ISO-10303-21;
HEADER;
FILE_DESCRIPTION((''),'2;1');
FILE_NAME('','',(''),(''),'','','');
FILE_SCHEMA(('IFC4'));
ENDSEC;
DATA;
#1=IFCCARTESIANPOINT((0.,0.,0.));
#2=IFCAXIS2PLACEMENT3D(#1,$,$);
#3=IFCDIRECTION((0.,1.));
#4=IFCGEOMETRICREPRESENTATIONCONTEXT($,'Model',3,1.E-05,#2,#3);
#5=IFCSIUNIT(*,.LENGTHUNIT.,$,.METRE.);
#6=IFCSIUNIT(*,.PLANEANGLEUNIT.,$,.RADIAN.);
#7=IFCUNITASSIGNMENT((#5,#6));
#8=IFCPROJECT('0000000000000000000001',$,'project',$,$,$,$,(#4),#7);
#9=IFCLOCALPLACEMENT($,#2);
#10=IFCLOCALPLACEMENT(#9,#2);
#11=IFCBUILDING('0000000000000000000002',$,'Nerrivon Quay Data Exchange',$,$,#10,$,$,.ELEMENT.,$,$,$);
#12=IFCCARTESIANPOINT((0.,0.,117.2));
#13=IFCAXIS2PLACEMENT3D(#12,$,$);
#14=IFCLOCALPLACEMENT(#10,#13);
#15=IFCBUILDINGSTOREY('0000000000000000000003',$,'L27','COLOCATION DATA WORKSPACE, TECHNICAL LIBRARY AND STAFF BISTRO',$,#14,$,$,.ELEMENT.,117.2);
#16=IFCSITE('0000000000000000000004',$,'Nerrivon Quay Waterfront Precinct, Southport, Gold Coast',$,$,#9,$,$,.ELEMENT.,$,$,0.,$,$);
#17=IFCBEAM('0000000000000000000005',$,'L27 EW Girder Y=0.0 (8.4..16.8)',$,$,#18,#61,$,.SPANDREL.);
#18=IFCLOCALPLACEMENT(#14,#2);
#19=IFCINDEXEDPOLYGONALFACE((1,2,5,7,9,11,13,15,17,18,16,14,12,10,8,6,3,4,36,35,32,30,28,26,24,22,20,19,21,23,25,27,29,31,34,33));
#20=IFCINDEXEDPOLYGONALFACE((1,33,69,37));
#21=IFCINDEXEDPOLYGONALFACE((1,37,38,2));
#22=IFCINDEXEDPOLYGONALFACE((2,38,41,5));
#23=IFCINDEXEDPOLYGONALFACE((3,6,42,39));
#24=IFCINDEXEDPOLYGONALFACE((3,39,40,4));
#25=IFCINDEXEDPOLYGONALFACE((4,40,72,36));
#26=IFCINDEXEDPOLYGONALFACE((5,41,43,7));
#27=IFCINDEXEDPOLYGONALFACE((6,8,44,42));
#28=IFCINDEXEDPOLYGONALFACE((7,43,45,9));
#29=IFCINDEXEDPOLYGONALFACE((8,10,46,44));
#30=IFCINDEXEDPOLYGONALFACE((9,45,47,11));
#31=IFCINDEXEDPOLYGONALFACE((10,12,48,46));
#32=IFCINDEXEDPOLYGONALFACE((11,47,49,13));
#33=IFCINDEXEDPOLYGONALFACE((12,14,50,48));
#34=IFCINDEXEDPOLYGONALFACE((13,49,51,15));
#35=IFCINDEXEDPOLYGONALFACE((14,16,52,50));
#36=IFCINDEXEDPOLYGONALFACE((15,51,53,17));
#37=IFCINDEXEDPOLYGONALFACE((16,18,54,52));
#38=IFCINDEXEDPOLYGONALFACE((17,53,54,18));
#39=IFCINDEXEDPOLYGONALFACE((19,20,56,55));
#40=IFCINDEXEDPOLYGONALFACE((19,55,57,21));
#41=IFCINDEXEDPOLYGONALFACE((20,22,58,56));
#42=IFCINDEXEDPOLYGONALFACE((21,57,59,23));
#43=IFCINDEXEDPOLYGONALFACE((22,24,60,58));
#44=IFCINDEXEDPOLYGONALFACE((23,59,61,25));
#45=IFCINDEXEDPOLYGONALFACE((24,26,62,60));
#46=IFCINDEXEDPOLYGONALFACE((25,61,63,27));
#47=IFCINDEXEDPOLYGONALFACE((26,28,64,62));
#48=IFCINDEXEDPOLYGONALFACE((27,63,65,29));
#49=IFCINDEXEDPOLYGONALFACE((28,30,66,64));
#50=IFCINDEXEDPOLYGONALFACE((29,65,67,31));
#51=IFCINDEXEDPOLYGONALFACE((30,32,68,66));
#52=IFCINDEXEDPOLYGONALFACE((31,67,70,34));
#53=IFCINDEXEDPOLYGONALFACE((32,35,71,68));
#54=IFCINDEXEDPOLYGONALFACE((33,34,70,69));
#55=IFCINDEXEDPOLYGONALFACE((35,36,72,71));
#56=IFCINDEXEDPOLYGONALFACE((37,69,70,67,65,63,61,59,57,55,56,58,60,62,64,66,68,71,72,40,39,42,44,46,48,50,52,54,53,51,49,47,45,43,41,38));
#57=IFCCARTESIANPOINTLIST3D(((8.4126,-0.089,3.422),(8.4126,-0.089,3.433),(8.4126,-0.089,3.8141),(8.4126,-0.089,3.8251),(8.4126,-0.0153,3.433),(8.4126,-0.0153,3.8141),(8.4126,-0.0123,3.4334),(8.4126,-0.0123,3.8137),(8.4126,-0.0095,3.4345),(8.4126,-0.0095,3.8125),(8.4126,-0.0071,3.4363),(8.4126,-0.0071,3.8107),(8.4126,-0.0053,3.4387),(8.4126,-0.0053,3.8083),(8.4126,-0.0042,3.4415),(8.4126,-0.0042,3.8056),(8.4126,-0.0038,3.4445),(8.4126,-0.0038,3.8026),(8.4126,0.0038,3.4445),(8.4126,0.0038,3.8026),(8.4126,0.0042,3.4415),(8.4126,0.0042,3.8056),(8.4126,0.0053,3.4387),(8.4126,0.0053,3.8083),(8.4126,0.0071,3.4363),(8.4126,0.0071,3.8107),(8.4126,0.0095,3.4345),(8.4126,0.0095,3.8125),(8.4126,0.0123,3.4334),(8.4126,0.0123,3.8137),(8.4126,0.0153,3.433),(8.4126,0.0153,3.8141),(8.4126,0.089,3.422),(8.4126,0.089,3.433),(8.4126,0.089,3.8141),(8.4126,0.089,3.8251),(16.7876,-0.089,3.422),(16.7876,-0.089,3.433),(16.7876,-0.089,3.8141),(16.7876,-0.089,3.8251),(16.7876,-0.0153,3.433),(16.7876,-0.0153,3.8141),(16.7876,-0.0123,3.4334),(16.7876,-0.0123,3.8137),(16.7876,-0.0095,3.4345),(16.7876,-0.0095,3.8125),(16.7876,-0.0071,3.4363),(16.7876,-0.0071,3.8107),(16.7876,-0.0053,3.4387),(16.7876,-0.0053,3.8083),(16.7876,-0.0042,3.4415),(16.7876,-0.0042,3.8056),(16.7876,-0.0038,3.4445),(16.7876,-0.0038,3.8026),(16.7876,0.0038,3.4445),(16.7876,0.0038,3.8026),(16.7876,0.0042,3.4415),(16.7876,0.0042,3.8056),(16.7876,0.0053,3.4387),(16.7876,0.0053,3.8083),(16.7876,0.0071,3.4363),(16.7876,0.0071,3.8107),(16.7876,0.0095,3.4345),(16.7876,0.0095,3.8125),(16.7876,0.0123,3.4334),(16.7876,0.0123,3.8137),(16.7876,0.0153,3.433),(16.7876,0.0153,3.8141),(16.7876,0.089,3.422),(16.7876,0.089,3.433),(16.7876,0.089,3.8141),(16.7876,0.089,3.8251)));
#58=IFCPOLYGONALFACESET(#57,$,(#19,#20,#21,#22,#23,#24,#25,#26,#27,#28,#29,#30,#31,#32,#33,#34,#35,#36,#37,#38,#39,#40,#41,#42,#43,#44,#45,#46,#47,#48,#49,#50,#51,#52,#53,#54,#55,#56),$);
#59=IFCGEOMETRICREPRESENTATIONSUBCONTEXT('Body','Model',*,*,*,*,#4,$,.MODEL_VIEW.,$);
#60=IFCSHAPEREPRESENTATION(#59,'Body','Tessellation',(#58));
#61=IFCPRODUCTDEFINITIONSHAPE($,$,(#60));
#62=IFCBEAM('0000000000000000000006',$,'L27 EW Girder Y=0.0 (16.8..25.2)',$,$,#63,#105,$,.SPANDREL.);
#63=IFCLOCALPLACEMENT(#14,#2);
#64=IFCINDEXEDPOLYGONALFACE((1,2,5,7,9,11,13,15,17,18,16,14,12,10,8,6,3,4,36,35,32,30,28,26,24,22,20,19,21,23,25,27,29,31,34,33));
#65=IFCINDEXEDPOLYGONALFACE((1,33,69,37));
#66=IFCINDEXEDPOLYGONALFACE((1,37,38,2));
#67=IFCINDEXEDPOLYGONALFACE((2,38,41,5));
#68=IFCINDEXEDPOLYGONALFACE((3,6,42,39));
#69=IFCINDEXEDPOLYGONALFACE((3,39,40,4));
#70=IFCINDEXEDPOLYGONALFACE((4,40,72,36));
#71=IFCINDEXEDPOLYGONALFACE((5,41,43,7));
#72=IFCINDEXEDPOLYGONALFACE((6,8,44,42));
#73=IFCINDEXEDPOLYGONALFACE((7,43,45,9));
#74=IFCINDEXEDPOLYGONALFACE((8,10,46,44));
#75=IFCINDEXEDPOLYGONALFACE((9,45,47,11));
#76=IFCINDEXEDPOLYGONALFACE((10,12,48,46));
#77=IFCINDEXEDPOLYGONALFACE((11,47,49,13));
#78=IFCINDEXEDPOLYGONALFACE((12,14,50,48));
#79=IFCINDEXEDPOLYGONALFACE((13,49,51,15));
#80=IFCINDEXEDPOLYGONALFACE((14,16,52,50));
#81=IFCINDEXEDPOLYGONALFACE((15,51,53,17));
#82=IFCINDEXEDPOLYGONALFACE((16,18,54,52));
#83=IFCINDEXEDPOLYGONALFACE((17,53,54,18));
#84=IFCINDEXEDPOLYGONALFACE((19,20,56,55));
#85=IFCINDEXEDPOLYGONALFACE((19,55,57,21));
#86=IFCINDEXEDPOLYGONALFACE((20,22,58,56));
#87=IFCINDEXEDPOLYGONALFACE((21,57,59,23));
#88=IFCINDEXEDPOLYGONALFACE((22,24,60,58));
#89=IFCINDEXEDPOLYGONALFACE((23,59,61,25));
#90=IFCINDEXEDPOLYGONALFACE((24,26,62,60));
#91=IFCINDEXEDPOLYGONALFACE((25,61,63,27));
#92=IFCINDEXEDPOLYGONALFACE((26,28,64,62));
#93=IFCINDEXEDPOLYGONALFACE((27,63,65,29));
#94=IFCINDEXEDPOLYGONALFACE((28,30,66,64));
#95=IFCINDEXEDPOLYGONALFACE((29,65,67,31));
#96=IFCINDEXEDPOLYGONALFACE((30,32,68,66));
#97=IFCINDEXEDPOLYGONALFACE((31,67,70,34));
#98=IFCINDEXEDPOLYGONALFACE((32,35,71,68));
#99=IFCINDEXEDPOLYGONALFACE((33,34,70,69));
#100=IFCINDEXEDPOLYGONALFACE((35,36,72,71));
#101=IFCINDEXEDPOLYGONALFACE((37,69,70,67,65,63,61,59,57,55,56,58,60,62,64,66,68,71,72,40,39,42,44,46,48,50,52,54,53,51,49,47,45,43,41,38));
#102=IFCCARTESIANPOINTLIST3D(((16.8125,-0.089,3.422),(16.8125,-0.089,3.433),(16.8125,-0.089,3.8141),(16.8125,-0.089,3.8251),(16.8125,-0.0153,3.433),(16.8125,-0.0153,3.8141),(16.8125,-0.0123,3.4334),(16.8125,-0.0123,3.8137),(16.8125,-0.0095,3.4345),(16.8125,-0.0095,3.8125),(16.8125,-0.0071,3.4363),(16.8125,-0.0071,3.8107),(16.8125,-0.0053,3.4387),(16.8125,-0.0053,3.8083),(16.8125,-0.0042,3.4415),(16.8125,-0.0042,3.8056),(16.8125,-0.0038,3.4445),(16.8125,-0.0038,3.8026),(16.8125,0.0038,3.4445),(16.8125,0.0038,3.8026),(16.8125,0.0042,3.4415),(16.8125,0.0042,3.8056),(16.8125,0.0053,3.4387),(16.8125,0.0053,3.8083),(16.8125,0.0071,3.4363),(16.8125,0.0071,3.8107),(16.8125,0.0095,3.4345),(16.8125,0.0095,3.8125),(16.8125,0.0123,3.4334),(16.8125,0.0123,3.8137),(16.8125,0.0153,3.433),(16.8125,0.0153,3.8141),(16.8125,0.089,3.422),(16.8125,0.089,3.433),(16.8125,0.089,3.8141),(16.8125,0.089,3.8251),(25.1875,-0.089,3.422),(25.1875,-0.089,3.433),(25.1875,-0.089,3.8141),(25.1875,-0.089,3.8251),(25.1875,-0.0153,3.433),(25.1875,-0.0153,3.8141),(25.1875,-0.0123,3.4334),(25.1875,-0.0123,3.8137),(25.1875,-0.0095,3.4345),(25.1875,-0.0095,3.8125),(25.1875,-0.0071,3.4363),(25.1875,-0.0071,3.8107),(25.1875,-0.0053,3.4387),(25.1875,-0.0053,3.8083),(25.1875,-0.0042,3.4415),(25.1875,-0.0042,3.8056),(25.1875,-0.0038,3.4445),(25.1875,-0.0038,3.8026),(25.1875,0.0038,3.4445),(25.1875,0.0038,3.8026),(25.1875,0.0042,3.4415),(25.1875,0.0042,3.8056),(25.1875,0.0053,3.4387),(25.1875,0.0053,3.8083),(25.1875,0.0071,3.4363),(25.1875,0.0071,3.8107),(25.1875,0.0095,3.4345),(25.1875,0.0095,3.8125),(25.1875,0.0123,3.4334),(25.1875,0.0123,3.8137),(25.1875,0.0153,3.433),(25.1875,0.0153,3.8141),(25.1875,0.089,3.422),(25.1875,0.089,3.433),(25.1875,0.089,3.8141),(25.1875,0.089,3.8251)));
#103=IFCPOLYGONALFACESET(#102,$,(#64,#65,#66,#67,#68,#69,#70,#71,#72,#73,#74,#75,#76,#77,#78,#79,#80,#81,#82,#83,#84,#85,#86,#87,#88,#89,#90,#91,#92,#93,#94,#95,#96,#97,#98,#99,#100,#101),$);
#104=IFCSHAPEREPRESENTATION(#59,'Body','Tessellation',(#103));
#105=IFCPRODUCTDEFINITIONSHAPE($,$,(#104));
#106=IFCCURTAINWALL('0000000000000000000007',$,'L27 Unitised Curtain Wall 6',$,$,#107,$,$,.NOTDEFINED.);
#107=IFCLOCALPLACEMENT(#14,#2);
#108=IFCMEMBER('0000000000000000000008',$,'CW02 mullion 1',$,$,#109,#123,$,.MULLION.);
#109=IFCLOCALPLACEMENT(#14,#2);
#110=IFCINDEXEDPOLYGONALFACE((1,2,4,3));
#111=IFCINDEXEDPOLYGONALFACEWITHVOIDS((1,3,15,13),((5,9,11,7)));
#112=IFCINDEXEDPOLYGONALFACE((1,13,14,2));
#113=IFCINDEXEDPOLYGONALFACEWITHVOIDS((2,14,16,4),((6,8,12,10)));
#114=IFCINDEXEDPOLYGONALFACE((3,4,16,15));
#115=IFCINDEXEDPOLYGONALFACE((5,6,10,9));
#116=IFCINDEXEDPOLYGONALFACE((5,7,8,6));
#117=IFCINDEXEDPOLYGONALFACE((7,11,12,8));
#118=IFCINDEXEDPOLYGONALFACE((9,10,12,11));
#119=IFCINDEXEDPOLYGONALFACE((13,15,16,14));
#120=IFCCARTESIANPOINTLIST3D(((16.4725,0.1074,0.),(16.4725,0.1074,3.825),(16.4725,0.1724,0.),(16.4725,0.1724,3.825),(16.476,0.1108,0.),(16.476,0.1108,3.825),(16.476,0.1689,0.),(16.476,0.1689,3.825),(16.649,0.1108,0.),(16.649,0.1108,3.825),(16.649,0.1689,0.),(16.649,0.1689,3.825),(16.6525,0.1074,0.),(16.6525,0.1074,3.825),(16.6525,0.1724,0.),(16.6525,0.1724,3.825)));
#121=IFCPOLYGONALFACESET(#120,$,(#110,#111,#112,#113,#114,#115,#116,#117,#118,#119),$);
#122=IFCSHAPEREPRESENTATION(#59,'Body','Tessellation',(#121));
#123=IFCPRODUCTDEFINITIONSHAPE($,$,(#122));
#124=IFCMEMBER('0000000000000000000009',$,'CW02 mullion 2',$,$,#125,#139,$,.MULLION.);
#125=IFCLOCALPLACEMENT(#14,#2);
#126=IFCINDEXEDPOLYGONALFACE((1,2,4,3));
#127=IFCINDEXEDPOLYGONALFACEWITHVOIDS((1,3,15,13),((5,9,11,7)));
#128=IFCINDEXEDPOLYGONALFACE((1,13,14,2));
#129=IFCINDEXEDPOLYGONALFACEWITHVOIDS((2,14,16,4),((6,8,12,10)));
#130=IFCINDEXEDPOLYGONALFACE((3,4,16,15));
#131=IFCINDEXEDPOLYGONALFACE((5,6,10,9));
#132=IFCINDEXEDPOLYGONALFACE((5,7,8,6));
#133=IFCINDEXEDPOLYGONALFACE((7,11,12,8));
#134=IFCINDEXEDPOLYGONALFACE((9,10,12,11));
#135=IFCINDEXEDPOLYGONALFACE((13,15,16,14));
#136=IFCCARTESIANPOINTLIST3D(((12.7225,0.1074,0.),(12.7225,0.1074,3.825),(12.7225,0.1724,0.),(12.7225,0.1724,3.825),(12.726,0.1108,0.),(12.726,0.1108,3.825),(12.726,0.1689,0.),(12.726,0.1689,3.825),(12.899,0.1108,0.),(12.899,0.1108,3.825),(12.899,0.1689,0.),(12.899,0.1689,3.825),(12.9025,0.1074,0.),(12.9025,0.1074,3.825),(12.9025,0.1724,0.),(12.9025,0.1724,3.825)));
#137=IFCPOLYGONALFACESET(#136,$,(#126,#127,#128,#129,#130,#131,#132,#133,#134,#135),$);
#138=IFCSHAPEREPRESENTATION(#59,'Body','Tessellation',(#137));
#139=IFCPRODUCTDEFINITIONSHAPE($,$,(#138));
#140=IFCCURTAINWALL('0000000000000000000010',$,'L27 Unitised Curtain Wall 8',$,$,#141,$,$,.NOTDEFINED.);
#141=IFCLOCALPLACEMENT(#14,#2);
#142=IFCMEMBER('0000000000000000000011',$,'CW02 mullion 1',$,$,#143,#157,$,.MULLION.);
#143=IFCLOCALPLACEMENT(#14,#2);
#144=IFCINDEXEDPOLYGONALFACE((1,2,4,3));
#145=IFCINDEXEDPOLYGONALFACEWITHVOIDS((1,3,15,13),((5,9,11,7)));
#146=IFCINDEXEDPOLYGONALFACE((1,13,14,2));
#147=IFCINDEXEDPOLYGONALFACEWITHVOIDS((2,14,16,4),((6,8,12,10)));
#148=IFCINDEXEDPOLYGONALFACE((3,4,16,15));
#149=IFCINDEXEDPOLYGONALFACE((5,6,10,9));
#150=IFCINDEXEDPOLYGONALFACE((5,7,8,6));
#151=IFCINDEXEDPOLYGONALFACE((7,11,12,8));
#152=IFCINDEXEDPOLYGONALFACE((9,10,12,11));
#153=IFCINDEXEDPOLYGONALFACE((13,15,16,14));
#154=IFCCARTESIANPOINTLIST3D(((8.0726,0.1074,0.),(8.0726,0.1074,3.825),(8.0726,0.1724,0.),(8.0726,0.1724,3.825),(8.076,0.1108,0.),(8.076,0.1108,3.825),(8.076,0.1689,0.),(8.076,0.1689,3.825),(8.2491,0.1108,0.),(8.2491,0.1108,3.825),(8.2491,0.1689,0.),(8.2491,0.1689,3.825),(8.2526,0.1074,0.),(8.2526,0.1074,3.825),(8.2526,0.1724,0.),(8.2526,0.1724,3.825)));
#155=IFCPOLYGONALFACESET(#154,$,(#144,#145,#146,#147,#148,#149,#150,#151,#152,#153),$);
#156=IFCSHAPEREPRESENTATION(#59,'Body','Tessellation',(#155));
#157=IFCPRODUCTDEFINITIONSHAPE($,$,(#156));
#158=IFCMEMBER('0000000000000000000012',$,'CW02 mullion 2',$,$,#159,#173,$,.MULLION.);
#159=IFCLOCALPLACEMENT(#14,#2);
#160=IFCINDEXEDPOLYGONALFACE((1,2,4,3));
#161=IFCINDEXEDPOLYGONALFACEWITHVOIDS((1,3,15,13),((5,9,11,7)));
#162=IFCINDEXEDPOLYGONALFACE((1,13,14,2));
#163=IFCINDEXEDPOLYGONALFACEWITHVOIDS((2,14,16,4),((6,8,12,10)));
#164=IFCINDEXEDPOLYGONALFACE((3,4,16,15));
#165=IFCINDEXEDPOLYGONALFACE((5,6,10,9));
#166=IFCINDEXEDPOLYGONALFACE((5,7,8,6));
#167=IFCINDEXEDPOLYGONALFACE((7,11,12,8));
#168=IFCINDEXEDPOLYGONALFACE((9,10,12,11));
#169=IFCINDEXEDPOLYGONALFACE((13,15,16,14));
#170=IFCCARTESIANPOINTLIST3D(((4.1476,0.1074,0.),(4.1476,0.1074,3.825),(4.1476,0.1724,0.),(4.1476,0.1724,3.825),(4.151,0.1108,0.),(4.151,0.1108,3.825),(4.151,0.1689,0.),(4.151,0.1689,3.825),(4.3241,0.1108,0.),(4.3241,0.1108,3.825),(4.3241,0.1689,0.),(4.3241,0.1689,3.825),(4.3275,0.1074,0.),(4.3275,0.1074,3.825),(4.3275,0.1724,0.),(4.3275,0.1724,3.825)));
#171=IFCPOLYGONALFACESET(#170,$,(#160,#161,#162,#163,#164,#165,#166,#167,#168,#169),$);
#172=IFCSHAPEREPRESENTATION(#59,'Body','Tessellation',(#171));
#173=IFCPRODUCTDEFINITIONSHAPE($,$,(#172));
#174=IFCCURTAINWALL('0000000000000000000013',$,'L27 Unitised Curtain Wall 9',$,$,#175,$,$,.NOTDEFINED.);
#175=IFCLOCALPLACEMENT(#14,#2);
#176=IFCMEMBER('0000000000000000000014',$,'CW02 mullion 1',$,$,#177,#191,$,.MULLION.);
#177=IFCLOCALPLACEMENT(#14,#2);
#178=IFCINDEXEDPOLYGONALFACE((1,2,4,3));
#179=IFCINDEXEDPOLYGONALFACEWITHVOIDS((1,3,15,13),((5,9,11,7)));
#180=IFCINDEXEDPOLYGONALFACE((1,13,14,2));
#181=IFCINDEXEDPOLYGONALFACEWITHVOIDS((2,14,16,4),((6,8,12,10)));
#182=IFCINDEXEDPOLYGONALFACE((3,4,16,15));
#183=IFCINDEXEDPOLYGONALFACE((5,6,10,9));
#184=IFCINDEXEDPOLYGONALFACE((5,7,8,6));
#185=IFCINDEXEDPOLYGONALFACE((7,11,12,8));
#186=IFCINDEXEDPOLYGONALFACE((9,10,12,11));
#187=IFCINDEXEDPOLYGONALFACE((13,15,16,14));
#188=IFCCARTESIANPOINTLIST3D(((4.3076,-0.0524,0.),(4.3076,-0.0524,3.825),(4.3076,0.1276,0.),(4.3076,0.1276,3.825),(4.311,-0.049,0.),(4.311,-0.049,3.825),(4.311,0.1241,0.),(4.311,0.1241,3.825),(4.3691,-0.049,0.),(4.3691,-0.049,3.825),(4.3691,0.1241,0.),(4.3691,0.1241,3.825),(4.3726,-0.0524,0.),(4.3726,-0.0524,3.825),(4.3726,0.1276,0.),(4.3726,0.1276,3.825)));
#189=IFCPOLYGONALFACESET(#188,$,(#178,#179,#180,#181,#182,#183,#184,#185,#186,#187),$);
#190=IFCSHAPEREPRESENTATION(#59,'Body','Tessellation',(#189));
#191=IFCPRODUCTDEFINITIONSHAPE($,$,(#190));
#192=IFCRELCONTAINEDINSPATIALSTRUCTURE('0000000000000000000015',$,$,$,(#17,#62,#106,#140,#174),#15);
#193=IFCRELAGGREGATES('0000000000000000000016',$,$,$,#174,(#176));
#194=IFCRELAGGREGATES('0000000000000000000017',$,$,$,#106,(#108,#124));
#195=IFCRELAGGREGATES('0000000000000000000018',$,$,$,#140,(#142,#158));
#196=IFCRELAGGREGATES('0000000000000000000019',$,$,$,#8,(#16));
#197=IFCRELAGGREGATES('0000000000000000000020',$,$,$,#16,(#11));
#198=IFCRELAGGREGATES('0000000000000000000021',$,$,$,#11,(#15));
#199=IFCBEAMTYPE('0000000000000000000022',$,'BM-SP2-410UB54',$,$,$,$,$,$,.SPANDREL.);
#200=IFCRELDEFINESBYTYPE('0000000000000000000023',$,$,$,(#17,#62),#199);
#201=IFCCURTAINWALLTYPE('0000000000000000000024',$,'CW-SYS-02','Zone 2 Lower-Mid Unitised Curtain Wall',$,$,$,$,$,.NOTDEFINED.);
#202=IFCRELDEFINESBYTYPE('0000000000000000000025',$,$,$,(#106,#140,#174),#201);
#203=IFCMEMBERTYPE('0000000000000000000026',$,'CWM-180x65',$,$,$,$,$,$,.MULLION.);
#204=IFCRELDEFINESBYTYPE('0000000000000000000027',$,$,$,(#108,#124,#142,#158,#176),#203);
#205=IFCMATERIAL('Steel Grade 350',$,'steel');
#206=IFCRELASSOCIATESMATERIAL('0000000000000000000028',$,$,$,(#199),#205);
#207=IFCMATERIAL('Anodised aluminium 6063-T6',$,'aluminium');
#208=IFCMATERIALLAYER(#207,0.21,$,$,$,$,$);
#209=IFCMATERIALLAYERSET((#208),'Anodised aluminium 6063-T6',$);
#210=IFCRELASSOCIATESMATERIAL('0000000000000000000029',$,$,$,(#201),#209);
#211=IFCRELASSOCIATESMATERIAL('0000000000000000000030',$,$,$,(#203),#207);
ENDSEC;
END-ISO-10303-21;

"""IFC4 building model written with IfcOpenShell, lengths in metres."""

from ifc_helpers import new_model, si_unit, direction, frame, origin, origin_2d, place, context, subcontext, project, spatial, hollow_rectangle, i_section, extrude, material, layer, layer_set, material_profile, profile_set, type_object, element, aggregate, save


model = new_model("IFC4")

# Units and contexts
model_context = context("Model", 3, precision=1e-05, world=origin(), true_north=direction((0.0, 1.0)))
body_context = subcontext(model_context, "Body", "Model", "MODEL_VIEW")
ifc_project = project(units=[si_unit("LENGTHUNIT", "METRE"), si_unit("PLANEANGLEUNIT", "RADIAN")], contexts=[model_context])

# Site, building, storey
site_placement = place(None, origin())
site = spatial("IfcSite", under=ifc_project, at=site_placement, Name="Nerrivon Quay Waterfront Precinct, Southport, Gold Coast", CompositionType="ELEMENT", RefElevation=0.0)
building_placement = place(site_placement, origin())
building = spatial("IfcBuilding", under=site, at=building_placement, Name="Nerrivon Quay Data Exchange", CompositionType="ELEMENT")
storey_placement = place(building_placement, frame((0.0, 0.0, 117.2)))
storey = spatial("IfcBuildingStorey", under=building, at=storey_placement, Name="L27", Description="COLOCATION DATA WORKSPACE, TECHNICAL LIBRARY AND STAFF BISTRO", CompositionType="ELEMENT", Elevation=117.2)

# Shared definitions
ifc_material_1 = material(Name="Steel Grade 350", Category="steel")

# Beams
ifc_material_profile_1 = material_profile(ifc_material_1, i_section(OverallWidth=0.178, OverallDepth=0.4031, WebThickness=0.0076, FlangeThickness=0.011, FilletRadius=0.0115, at=origin_2d()), Name="410UB53.7")
ifc_profile_set_1 = profile_set([ifc_material_profile_1], Name="Steel Grade 350")
beam_type_1 = type_object("IfcBeamType", Name="BM-SP2-410UB54", PredefinedType="SPANDREL", material=ifc_profile_set_1)
for number, where, z_axis, x_axis, name in (
    (1, (8.4126, 0.0, 3.6235), (1.0, 0.0, 0.0), (0.0, 1.0, 0.0), "L27 EW Girder Y=0.0 (8.4..16.8)"),
    (2, (16.8125, 0.0, 3.6235), (1.0, 0.0, 0.0), (0.0, 1.0, 0.0), "L27 EW Girder Y=0.0 (16.8..25.2)"),
):
    element("IfcBeam", number, at=place(storey_placement, frame(where, z_axis=z_axis, x_axis=x_axis)), inside=storey, type_object=beam_type_1, Name=name, PredefinedType="SPANDREL", context=body_context, shape_type="SweptSolid", body=[
        extrude(i_section(OverallWidth=0.178, OverallDepth=0.4031, WebThickness=0.0076, FlangeThickness=0.011, FilletRadius=0.0115, at=origin_2d()), origin(), (0.0, 0.0, 1.0), 8.375),
    ])

# Curtain walls, members
ifc_material_2 = material(Name="Anodised aluminium 6063-T6", Category="aluminium")
ifc_layer_1 = layer(ifc_material_2, 0.21)
ifc_layer_set_1 = layer_set([ifc_layer_1], Name="Anodised aluminium 6063-T6")
curtain_wall_type = type_object("IfcCurtainWallType", Name="CW-SYS-02", Description="Zone 2 Lower-Mid Unitised Curtain Wall", PredefinedType="NOTDEFINED", material=ifc_layer_set_1)
curtain_wall_1_placement = place(storey_placement, origin())
curtain_wall_1 = element("IfcCurtainWall", 3, at=curtain_wall_1_placement, inside=storey, type_object=curtain_wall_type, Name="L27 Unitised Curtain Wall 6", PredefinedType="NOTDEFINED")
ifc_material_profile_2 = material_profile(ifc_material_2, hollow_rectangle(XDim=0.0649, YDim=0.1799, WallThickness=0.0034, at=origin_2d()), Name="ALU-MULL-180x65")
ifc_profile_set_2 = profile_set([ifc_material_profile_2], Name="Anodised aluminium 6063-T6")
member_type_1 = type_object("IfcMemberType", Name="CWM-180x65", PredefinedType="MULLION", material=ifc_profile_set_2)
member_1_placement = place(storey_placement, frame((16.5625, 0.1399, 0.0), z_axis=(0.0, 0.0, 1.0), x_axis=(0.0, -1.0, 0.0)))
member_1 = element("IfcMember", 4, at=member_1_placement, type_object=member_type_1, Name="CW02 mullion 1", PredefinedType="MULLION", context=body_context, shape_type="SweptSolid", body=[
    extrude(hollow_rectangle(XDim=0.0649, YDim=0.1799, WallThickness=0.0034, at=origin_2d()), origin(), (0.0, 0.0, 1.0), 3.825),
])
member_2_placement = place(storey_placement, frame((12.8125, 0.1399, 0.0), z_axis=(0.0, 0.0, 1.0), x_axis=(0.0, -1.0, 0.0)))
member_2 = element("IfcMember", 5, at=member_2_placement, type_object=member_type_1, Name="CW02 mullion 2", PredefinedType="MULLION", context=body_context, shape_type="SweptSolid", body=[
    extrude(hollow_rectangle(XDim=0.0649, YDim=0.1799, WallThickness=0.0034, at=origin_2d()), origin(), (0.0, 0.0, 1.0), 3.825),
])
curtain_wall_2_placement = place(storey_placement, origin())
curtain_wall_2 = element("IfcCurtainWall", 6, at=curtain_wall_2_placement, inside=storey, type_object=curtain_wall_type, Name="L27 Unitised Curtain Wall 8", PredefinedType="NOTDEFINED")
member_3_placement = place(storey_placement, frame((8.1626, 0.1399, 0.0), z_axis=(0.0, 0.0, 1.0), x_axis=(0.0, -1.0, 0.0)))
member_3 = element("IfcMember", 7, at=member_3_placement, type_object=member_type_1, Name="CW02 mullion 1", PredefinedType="MULLION", context=body_context, shape_type="SweptSolid", body=[
    extrude(hollow_rectangle(XDim=0.0649, YDim=0.1799, WallThickness=0.0034, at=origin_2d()), origin(), (0.0, 0.0, 1.0), 3.825),
])
member_4_placement = place(storey_placement, frame((4.2375, 0.1399, 0.0), z_axis=(0.0, 0.0, 1.0), x_axis=(0.0, -1.0, 0.0)))
member_4 = element("IfcMember", 8, at=member_4_placement, type_object=member_type_1, Name="CW02 mullion 2", PredefinedType="MULLION", context=body_context, shape_type="SweptSolid", body=[
    extrude(hollow_rectangle(XDim=0.0649, YDim=0.1799, WallThickness=0.0034, at=origin_2d()), origin(), (0.0, 0.0, 1.0), 3.825),
])

# Curtain wall, member
curtain_wall_3_placement = place(storey_placement, origin())
curtain_wall_3 = element("IfcCurtainWall", 9, at=curtain_wall_3_placement, inside=storey, type_object=curtain_wall_type, Name="L27 Unitised Curtain Wall 9", PredefinedType="NOTDEFINED")
member_5_placement = place(storey_placement, frame((4.3401, 0.0376, 0.0), z_axis=(0.0, 0.0, 1.0), x_axis=(-1.0, 0.0, 0.0)))
member_5 = element("IfcMember", 10, at=member_5_placement, type_object=member_type_1, Name="CW02 mullion 1", PredefinedType="MULLION", context=body_context, shape_type="SweptSolid", body=[
    extrude(hollow_rectangle(XDim=0.0649, YDim=0.1799, WallThickness=0.0034, at=origin_2d()), origin(), (0.0, 0.0, 1.0), 3.825),
])

aggregate(curtain_wall_3, [member_5])

aggregate(curtain_wall_1, [member_1, member_2])
aggregate(curtain_wall_2, [member_3, member_4])

save(model, "model.ifc")
